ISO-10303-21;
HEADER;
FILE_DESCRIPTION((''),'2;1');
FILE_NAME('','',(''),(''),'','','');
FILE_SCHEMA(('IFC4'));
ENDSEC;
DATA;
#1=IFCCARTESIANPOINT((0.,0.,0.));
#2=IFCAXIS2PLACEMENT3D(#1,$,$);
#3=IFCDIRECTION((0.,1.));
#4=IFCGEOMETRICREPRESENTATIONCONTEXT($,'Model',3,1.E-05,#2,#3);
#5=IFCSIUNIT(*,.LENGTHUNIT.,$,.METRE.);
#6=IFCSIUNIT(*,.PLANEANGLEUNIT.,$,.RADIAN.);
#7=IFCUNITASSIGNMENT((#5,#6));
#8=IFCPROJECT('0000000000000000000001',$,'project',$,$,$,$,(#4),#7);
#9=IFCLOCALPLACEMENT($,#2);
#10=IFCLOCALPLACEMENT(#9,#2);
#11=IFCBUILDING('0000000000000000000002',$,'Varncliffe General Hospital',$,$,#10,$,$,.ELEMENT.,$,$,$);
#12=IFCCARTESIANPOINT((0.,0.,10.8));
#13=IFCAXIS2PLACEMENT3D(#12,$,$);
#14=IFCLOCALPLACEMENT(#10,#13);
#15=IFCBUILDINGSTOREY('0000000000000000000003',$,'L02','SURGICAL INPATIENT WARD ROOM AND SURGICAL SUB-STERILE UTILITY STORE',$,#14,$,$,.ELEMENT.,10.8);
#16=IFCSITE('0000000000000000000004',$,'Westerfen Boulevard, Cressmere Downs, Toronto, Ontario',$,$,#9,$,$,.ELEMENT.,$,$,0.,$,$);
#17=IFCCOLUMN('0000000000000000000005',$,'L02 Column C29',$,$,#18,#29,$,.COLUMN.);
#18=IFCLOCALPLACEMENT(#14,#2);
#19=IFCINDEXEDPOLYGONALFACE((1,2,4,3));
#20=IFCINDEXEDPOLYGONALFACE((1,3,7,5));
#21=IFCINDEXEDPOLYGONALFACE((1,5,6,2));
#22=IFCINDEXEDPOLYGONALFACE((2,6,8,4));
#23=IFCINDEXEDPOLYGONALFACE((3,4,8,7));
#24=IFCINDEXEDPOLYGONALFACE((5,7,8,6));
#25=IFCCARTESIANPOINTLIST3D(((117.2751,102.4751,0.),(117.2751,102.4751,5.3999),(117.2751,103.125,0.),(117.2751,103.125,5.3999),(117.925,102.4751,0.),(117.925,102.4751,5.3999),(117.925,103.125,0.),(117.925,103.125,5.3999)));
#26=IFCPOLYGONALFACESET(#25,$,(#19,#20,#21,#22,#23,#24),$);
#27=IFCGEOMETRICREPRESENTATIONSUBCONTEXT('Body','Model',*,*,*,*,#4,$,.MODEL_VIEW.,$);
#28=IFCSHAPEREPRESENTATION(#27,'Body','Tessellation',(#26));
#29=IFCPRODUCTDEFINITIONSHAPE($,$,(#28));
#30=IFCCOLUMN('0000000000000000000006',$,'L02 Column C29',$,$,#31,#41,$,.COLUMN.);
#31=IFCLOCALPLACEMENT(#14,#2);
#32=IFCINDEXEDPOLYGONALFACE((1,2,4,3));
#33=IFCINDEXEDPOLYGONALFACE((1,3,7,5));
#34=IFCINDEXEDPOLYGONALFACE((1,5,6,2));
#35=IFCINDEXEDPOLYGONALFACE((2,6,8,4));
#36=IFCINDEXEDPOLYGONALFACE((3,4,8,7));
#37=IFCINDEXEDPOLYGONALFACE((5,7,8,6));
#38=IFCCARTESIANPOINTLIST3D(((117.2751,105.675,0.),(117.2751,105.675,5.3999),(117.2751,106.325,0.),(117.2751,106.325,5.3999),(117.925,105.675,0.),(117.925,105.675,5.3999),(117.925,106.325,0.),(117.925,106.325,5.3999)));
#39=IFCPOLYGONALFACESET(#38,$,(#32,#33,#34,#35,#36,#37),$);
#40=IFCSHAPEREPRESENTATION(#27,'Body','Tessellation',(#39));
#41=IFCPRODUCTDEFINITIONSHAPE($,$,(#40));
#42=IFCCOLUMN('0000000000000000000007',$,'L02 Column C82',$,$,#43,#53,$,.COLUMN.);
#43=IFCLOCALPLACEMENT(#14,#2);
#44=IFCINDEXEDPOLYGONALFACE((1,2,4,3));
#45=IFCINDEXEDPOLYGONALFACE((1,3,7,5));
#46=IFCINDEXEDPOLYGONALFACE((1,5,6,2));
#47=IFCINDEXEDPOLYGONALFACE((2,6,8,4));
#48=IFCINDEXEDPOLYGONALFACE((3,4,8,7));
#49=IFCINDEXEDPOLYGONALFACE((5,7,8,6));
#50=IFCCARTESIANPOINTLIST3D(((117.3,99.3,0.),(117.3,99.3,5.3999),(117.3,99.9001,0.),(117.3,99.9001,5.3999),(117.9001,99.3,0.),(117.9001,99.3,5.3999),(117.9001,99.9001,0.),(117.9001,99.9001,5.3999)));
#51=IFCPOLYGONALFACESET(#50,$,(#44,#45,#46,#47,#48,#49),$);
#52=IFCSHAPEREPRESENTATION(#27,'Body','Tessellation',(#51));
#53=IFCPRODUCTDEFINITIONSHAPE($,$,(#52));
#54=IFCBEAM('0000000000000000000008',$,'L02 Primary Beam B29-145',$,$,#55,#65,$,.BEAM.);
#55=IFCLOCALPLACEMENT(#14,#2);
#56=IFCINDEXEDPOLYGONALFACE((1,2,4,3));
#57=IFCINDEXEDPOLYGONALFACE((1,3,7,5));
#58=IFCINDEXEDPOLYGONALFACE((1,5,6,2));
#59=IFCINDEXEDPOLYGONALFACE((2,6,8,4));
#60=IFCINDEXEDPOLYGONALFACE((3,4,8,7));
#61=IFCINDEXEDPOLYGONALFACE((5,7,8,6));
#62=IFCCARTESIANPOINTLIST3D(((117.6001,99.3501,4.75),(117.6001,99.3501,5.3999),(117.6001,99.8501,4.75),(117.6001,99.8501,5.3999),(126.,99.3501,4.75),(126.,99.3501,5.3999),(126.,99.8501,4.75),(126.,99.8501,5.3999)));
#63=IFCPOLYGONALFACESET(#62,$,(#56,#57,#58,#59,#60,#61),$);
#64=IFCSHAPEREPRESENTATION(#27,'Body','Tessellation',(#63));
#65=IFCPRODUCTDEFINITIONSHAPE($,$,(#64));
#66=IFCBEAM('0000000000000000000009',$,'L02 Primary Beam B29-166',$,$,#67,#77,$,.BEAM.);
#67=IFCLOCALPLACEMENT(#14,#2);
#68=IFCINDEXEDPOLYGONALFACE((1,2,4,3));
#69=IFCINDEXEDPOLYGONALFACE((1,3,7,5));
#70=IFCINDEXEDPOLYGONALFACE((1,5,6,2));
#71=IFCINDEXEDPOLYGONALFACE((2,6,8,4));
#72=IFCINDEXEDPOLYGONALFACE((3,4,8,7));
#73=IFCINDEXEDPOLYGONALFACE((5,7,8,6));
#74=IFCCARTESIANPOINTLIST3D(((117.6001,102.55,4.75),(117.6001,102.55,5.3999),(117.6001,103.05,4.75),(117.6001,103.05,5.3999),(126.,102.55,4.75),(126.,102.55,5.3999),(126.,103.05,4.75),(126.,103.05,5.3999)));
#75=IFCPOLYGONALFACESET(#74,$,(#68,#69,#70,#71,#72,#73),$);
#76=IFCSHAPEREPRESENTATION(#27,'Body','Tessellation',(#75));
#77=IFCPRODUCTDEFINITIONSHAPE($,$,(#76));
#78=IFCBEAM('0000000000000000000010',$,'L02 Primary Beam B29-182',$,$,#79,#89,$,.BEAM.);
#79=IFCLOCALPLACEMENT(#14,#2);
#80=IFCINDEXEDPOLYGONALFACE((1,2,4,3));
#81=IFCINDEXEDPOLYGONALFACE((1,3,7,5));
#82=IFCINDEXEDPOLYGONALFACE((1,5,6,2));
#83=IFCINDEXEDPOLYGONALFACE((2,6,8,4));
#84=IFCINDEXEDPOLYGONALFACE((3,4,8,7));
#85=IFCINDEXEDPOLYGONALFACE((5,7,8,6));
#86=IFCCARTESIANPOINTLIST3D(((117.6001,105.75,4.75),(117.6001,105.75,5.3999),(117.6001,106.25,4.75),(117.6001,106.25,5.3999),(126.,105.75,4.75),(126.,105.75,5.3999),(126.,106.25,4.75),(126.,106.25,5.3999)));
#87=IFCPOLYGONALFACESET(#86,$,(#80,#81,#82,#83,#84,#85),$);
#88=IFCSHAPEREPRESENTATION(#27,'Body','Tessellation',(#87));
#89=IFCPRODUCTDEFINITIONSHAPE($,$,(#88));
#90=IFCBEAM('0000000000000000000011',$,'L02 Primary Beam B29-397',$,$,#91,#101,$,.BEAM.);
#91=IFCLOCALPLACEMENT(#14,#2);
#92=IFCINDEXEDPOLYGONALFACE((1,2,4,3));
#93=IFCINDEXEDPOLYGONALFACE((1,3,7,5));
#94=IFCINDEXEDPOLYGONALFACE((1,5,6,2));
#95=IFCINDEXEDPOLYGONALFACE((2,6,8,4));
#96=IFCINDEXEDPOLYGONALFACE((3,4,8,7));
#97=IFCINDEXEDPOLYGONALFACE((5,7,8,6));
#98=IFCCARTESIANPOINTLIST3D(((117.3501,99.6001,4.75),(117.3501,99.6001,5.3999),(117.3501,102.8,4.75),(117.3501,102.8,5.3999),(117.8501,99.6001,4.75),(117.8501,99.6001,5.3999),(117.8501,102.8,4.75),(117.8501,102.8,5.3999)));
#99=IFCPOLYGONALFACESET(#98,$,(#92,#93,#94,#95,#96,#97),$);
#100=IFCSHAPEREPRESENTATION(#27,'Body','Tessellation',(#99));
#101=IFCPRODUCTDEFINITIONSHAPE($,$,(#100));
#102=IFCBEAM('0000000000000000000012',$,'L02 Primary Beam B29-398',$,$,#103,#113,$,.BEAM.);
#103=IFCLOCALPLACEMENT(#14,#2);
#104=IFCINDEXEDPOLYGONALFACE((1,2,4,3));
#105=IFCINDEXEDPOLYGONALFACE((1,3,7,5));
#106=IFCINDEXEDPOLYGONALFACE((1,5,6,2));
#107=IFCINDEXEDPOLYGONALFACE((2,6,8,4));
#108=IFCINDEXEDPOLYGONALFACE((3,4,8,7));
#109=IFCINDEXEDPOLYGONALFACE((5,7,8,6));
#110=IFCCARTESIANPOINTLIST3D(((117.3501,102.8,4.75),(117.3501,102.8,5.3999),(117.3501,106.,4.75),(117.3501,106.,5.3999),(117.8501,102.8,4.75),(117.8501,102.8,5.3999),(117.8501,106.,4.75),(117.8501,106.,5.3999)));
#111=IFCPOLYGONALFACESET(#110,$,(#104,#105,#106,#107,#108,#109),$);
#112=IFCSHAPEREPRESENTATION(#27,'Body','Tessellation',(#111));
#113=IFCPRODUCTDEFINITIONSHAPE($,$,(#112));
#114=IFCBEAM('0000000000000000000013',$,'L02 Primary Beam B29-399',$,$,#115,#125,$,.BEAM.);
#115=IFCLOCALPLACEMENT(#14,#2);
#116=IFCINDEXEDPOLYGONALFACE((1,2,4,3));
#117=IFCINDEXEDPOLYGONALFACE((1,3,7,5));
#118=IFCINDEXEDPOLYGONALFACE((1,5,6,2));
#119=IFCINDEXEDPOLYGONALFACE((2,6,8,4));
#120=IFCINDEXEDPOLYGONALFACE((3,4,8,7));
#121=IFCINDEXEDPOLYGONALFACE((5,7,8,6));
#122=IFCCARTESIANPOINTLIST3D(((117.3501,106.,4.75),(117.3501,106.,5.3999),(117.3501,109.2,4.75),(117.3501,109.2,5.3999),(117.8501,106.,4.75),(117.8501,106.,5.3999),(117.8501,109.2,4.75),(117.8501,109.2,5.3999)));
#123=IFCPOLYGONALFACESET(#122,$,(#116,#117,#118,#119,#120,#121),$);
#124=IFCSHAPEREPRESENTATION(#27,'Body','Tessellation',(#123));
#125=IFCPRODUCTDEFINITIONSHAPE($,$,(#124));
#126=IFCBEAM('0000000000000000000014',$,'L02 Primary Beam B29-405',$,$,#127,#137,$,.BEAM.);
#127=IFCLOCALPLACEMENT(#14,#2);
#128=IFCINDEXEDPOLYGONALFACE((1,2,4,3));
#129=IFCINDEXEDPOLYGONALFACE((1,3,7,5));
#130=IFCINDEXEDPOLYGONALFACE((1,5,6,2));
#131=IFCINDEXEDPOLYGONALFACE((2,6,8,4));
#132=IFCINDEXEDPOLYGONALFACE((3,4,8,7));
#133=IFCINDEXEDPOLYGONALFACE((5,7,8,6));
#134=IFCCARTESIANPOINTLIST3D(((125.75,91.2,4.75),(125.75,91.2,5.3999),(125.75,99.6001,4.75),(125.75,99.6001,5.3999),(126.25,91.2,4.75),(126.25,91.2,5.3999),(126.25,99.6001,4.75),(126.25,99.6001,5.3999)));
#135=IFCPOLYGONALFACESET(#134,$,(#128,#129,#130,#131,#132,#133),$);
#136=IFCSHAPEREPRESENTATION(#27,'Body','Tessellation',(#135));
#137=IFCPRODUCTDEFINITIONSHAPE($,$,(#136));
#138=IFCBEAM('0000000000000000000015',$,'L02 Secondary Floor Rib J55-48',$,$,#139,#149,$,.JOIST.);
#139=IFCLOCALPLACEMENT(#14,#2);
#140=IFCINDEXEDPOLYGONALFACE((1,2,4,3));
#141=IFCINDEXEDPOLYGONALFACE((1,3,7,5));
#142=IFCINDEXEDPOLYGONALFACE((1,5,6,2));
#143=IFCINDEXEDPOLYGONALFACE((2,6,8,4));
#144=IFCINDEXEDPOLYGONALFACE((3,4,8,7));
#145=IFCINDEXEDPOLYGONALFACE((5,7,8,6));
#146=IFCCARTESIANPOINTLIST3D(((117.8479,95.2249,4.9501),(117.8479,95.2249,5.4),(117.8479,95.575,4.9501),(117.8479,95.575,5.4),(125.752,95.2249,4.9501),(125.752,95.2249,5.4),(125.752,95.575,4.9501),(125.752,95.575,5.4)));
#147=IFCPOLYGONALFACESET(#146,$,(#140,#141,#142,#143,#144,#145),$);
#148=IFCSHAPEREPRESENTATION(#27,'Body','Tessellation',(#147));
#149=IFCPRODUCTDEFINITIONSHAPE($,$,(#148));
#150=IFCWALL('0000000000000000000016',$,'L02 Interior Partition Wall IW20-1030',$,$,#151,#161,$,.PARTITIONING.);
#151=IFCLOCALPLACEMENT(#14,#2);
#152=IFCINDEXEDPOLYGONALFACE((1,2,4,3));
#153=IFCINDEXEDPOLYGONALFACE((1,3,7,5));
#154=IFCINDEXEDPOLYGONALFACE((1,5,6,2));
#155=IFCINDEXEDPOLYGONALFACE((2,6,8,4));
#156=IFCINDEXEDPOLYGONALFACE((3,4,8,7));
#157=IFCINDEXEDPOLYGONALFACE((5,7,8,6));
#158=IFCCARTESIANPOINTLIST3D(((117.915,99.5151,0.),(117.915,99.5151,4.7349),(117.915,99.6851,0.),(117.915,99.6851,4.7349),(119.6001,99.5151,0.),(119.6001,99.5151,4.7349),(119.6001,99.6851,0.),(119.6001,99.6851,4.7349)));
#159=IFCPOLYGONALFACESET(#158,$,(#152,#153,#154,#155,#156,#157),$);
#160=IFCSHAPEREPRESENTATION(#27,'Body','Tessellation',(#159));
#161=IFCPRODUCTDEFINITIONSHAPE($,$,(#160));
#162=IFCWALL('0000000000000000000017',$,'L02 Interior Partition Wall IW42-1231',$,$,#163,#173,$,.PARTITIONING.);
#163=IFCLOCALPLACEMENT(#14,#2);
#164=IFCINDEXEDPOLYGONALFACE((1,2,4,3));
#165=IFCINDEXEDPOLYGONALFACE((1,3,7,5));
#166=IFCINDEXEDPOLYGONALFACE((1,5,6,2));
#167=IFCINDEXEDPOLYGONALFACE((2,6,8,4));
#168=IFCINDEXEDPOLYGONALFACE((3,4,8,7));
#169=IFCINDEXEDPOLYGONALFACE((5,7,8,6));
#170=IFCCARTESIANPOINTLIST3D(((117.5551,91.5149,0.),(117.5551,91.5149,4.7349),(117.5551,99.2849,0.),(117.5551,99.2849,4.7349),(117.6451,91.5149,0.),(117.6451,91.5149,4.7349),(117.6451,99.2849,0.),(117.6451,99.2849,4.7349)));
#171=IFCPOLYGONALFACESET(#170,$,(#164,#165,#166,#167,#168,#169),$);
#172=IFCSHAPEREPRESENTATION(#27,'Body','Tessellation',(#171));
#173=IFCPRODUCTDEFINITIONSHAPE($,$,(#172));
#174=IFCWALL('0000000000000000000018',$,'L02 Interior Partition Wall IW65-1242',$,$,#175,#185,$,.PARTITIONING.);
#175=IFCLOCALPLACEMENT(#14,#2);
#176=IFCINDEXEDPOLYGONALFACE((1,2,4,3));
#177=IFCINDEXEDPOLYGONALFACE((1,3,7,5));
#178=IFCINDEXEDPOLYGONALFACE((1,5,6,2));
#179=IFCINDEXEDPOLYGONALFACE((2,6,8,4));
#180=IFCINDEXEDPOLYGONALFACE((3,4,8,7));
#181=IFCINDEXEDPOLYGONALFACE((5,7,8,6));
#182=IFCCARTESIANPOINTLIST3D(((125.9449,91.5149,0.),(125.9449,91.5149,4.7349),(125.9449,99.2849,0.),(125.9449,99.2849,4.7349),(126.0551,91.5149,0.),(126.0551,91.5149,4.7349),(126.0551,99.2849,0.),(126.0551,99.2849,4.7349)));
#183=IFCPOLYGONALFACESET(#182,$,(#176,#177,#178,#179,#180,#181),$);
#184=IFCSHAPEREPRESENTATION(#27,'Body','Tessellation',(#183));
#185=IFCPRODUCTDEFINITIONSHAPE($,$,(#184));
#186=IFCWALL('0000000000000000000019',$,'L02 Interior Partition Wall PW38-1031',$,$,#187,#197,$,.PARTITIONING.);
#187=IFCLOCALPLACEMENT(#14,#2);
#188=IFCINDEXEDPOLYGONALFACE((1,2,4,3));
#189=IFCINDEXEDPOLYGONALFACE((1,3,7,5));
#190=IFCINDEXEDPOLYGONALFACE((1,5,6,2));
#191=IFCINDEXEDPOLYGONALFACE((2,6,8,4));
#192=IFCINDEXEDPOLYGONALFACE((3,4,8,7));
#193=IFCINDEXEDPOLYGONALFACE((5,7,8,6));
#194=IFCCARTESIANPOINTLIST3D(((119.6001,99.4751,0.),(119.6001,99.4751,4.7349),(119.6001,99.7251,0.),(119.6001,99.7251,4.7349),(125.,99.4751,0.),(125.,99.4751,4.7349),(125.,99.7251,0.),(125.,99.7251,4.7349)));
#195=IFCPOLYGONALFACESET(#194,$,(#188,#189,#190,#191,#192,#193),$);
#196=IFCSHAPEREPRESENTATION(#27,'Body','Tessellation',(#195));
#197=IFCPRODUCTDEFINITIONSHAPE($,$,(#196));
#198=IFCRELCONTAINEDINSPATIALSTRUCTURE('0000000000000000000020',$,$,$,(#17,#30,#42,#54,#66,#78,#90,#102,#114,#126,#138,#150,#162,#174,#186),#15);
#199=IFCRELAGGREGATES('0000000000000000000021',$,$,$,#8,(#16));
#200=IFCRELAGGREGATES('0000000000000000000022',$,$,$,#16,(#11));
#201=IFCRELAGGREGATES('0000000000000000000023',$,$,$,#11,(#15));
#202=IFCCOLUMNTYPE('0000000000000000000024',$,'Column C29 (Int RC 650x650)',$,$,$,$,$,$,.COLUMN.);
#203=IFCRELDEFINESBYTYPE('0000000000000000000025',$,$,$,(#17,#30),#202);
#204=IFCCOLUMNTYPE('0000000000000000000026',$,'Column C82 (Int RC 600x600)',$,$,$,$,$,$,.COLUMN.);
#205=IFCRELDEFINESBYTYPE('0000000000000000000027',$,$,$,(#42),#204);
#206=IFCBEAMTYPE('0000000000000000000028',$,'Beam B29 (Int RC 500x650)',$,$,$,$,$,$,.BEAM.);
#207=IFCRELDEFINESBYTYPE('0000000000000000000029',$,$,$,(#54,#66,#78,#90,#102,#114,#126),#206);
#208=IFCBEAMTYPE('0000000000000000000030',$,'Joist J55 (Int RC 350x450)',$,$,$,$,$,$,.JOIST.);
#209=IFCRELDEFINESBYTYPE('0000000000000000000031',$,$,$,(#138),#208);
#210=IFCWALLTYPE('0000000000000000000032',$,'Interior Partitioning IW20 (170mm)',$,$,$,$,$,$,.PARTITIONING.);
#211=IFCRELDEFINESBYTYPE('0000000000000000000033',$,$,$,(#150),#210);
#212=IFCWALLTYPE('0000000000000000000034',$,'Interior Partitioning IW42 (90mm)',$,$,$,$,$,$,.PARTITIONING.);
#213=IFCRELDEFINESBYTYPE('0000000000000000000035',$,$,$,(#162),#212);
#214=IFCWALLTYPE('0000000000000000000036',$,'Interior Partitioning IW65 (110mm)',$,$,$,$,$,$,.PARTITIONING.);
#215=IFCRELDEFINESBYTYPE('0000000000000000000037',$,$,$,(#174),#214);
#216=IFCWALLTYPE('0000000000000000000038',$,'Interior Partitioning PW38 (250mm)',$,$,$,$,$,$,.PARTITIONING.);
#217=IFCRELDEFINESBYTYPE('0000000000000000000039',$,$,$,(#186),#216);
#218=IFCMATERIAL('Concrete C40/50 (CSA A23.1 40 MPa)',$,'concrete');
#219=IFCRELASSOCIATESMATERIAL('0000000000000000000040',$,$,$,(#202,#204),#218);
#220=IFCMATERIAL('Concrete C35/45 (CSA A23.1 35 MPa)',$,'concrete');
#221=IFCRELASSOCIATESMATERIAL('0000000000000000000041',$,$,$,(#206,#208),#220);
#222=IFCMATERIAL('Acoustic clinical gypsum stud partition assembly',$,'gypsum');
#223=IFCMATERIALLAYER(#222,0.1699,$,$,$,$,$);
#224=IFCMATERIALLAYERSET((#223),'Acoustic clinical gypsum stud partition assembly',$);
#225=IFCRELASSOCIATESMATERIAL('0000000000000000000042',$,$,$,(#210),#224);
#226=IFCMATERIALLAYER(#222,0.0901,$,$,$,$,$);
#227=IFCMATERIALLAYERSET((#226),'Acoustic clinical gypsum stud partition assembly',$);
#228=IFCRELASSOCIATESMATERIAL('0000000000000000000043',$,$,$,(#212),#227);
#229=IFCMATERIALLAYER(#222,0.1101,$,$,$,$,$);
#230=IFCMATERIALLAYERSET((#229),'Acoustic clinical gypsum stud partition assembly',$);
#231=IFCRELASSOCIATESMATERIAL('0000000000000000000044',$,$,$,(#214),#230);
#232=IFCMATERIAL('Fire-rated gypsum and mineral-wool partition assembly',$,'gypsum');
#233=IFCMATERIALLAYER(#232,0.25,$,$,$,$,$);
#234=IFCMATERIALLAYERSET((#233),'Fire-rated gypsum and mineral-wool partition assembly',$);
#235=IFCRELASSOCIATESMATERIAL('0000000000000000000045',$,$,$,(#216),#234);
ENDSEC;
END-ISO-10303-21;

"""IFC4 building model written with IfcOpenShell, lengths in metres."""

from ifc_helpers import new_model, si_unit, direction, frame, frame_2d, origin, origin_2d, place, context, subcontext, project, spatial, rectangle, extrude, material, layer, layer_set, material_profile, profile_set, type_object, element, save


model = new_model("IFC4")

# Units and contexts
model_context = context("Model", 3, precision=1e-05, world=origin(), true_north=direction((0.0, 1.0)))
body_context = subcontext(model_context, "Body", "Model", "MODEL_VIEW")
ifc_project = project(units=[si_unit("LENGTHUNIT", "METRE"), si_unit("PLANEANGLEUNIT", "RADIAN")], contexts=[model_context])

# Site, building, storey
site_placement = place(None, origin())
site = spatial("IfcSite", under=ifc_project, at=site_placement, Name="Westerfen Boulevard, Cressmere Downs, Toronto, Ontario", CompositionType="ELEMENT", RefElevation=0.0)
building_placement = place(site_placement, origin())
building = spatial("IfcBuilding", under=site, at=building_placement, Name="Varncliffe General Hospital", CompositionType="ELEMENT")
storey_placement = place(building_placement, frame((0.0, 0.0, 10.8)))
storey = spatial("IfcBuildingStorey", under=building, at=storey_placement, Name="L02", Description="SURGICAL INPATIENT WARD ROOM AND SURGICAL SUB-STERILE UTILITY STORE", CompositionType="ELEMENT", Elevation=10.8)

# Columns
ifc_material_1 = material(Name="Concrete C40/50 (CSA A23.1 40 MPa)", Category="concrete")
ifc_material_profile_1 = material_profile(ifc_material_1, rectangle(XDim=0.6499, YDim=0.6499, at=origin_2d()), Name="RC 650x650")
ifc_profile_set_1 = profile_set([ifc_material_profile_1], Name="Concrete C40/50 (CSA A23.1 40 MPa)")
column_type_1 = type_object("IfcColumnType", Name="Column C29 (Int RC 650x650)", PredefinedType="COLUMN", material=ifc_profile_set_1)
for number, where, z_axis, x_axis, name in (
    (1, (117.6001, 102.8, 0.0), (0.0, 0.0, 1.0), (1.0, 0.0, 0.0), "L02 Column C29"),
    (2, (117.6001, 106.0, 0.0), (0.0, 0.0, 1.0), (1.0, 0.0, 0.0), "L02 Column C29"),
):
    element("IfcColumn", number, at=place(storey_placement, frame(where, z_axis=z_axis, x_axis=x_axis)), inside=storey, type_object=column_type_1, Name=name, PredefinedType="COLUMN", context=body_context, shape_type="SweptSolid", body=[
        extrude(rectangle(XDim=0.6499, YDim=0.6499, at=origin_2d()), origin(), (0.0, 0.0, 1.0), 5.3999),
    ])
ifc_material_profile_2 = material_profile(ifc_material_1, rectangle(XDim=0.6001, YDim=0.6001, at=origin_2d()), Name="RC 600x600")
ifc_profile_set_2 = profile_set([ifc_material_profile_2], Name="Concrete C40/50 (CSA A23.1 40 MPa)")
column_type_2 = type_object("IfcColumnType", Name="Column C82 (Int RC 600x600)", PredefinedType="COLUMN", material=ifc_profile_set_2)
column_placement = place(storey_placement, frame((117.6001, 99.6001, 0.0), z_axis=(0.0, 0.0, 1.0), x_axis=(1.0, 0.0, 0.0)))
element("IfcColumn", 3, at=column_placement, inside=storey, type_object=column_type_2, Name="L02 Column C82", PredefinedType="COLUMN", context=body_context, shape_type="SweptSolid", body=[
    extrude(rectangle(XDim=0.6001, YDim=0.6001, at=origin_2d()), origin(), (0.0, 0.0, 1.0), 5.3999),
])

# Beams
ifc_material_2 = material(Name="Concrete C35/45 (CSA A23.1 35 MPa)", Category="concrete")
ifc_material_profile_3 = material_profile(ifc_material_2, rectangle(XDim=0.5, YDim=0.6499, at=origin_2d()), Name="RC 500x650")
ifc_profile_set_3 = profile_set([ifc_material_profile_3], Name="Concrete C35/45 (CSA A23.1 35 MPa)")
beam_type_1 = type_object("IfcBeamType", Name="Beam B29 (Int RC 500x650)", PredefinedType="BEAM", material=ifc_profile_set_3)
for number, where, z_axis, x_axis, name in (
    (4, (117.6001, 99.6001, 5.075), (1.0, 0.0, 0.0), (0.0, 1.0, 0.0), "L02 Primary Beam B29-145"),
    (5, (117.6001, 102.8, 5.075), (1.0, 0.0, 0.0), (0.0, 1.0, 0.0), "L02 Primary Beam B29-166"),
    (6, (117.6001, 106.0, 5.075), (1.0, 0.0, 0.0), (0.0, 1.0, 0.0), "L02 Primary Beam B29-182"),
):
    element("IfcBeam", number, at=place(storey_placement, frame(where, z_axis=z_axis, x_axis=x_axis)), inside=storey, type_object=beam_type_1, Name=name, PredefinedType="BEAM", context=body_context, shape_type="SweptSolid", body=[
        extrude(rectangle(XDim=0.5, YDim=0.6499, at=origin_2d()), origin(), (0.0, 0.0, 1.0), 8.3999),
    ])
for number, where, z_axis, x_axis, name in (
    (7, (117.6001, 99.6001, 5.075), (0.0, 1.0, 0.0), (-1.0, 0.0, 0.0), "L02 Primary Beam B29-397"),
    (8, (117.6001, 102.8, 5.075), (0.0, 1.0, 0.0), (-1.0, 0.0, 0.0), "L02 Primary Beam B29-398"),
    (9, (117.6001, 106.0, 5.075), (0.0, 1.0, 0.0), (-1.0, 0.0, 0.0), "L02 Primary Beam B29-399"),
):
    element("IfcBeam", number, at=place(storey_placement, frame(where, z_axis=z_axis, x_axis=x_axis)), inside=storey, type_object=beam_type_1, Name=name, PredefinedType="BEAM", context=body_context, shape_type="SweptSolid", body=[
        extrude(rectangle(XDim=0.5, YDim=0.6499, at=origin_2d()), origin(), (0.0, 0.0, 1.0), 3.2),
    ])
beam_1_placement = place(storey_placement, frame((126.0, 91.2, 5.075), z_axis=(0.0, 1.0, 0.0), x_axis=(-1.0, 0.0, 0.0)))
element("IfcBeam", 10, at=beam_1_placement, inside=storey, type_object=beam_type_1, Name="L02 Primary Beam B29-405", PredefinedType="BEAM", context=body_context, shape_type="SweptSolid", body=[
    extrude(rectangle(XDim=0.5, YDim=0.6499, at=origin_2d()), origin(), (0.0, 0.0, 1.0), 8.4001),
])
ifc_material_profile_4 = material_profile(ifc_material_2, rectangle(XDim=0.3501, YDim=0.45, at=origin_2d()), Name="RC 350x450")
ifc_profile_set_4 = profile_set([ifc_material_profile_4], Name="Concrete C35/45 (CSA A23.1 35 MPa)")
beam_type_2 = type_object("IfcBeamType", Name="Joist J55 (Int RC 350x450)", PredefinedType="JOIST", material=ifc_profile_set_4)
beam_2_placement = place(storey_placement, frame((117.8479, 95.3999, 5.175), z_axis=(1.0, 0.0, 0.0), x_axis=(0.0, 1.0, 0.0)))
element("IfcBeam", 11, at=beam_2_placement, inside=storey, type_object=beam_type_2, Name="L02 Secondary Floor Rib J55-48", PredefinedType="JOIST", context=body_context, shape_type="SweptSolid", body=[
    extrude(rectangle(XDim=0.3501, YDim=0.45, at=origin_2d()), origin(), (0.0, 0.0, 1.0), 7.9041),
])

# Walls
ifc_material_3 = material(Name="Acoustic clinical gypsum stud partition assembly", Category="gypsum")
ifc_layer_1 = layer(ifc_material_3, 0.1699)
ifc_layer_set_1 = layer_set([ifc_layer_1], Name="Acoustic clinical gypsum stud partition assembly")
wall_type_1 = type_object("IfcWallType", Name="Interior Partitioning IW20 (170mm)", PredefinedType="PARTITIONING", material=ifc_layer_set_1)
wall_1_placement = place(storey_placement, frame((117.915, 99.6001, 0.0), z_axis=(0.0, 0.0, 1.0), x_axis=(1.0, 0.0, 0.0)))
element("IfcWall", 12, at=wall_1_placement, inside=storey, type_object=wall_type_1, Name="L02 Interior Partition Wall IW20-1030", PredefinedType="PARTITIONING", context=body_context, shape_type="SweptSolid", body=[
    extrude(rectangle(XDim=1.6851, YDim=0.1699, at=frame_2d((0.8425, 0.0))), origin(), (0.0, 0.0, 1.0), 4.7349),
])
ifc_layer_2 = layer(ifc_material_3, 0.0901)
ifc_layer_set_2 = layer_set([ifc_layer_2], Name="Acoustic clinical gypsum stud partition assembly")
wall_type_2 = type_object("IfcWallType", Name="Interior Partitioning IW42 (90mm)", PredefinedType="PARTITIONING", material=ifc_layer_set_2)
wall_2_placement = place(storey_placement, frame((117.6001, 91.5149, 0.0), z_axis=(0.0, 0.0, 1.0), x_axis=(0.0, 1.0, 0.0)))
element("IfcWall", 13, at=wall_2_placement, inside=storey, type_object=wall_type_2, Name="L02 Interior Partition Wall IW42-1231", PredefinedType="PARTITIONING", context=body_context, shape_type="SweptSolid", body=[
    extrude(rectangle(XDim=7.77, YDim=0.0901, at=frame_2d((3.885, 0.0))), origin(), (0.0, 0.0, 1.0), 4.7349),
])
ifc_layer_3 = layer(ifc_material_3, 0.1101)
ifc_layer_set_3 = layer_set([ifc_layer_3], Name="Acoustic clinical gypsum stud partition assembly")
wall_type_3 = type_object("IfcWallType", Name="Interior Partitioning IW65 (110mm)", PredefinedType="PARTITIONING", material=ifc_layer_set_3)
wall_3_placement = place(storey_placement, frame((126.0, 91.5149, 0.0), z_axis=(0.0, 0.0, 1.0), x_axis=(0.0, 1.0, 0.0)))
element("IfcWall", 14, at=wall_3_placement, inside=storey, type_object=wall_type_3, Name="L02 Interior Partition Wall IW65-1242", PredefinedType="PARTITIONING", context=body_context, shape_type="SweptSolid", body=[
    extrude(rectangle(XDim=7.77, YDim=0.1101, at=frame_2d((3.885, 0.0))), origin(), (0.0, 0.0, 1.0), 4.7349),
])
ifc_material_4 = material(Name="Fire-rated gypsum and mineral-wool partition assembly", Category="gypsum")
ifc_layer_4 = layer(ifc_material_4, 0.25)
ifc_layer_set_4 = layer_set([ifc_layer_4], Name="Fire-rated gypsum and mineral-wool partition assembly")
wall_type_4 = type_object("IfcWallType", Name="Interior Partitioning PW38 (250mm)", PredefinedType="PARTITIONING", material=ifc_layer_set_4)
wall_4_placement = place(storey_placement, frame((119.6001, 99.6001, 0.0), z_axis=(0.0, 0.0, 1.0), x_axis=(1.0, 0.0, 0.0)))
element("IfcWall", 15, at=wall_4_placement, inside=storey, type_object=wall_type_4, Name="L02 Interior Partition Wall PW38-1031", PredefinedType="PARTITIONING", context=body_context, shape_type="SweptSolid", body=[
    extrude(rectangle(XDim=5.3999, YDim=0.25, at=frame_2d((2.7, 0.0))), origin(), (0.0, 0.0, 1.0), 4.7349),
])

save(model, "model.ifc")
